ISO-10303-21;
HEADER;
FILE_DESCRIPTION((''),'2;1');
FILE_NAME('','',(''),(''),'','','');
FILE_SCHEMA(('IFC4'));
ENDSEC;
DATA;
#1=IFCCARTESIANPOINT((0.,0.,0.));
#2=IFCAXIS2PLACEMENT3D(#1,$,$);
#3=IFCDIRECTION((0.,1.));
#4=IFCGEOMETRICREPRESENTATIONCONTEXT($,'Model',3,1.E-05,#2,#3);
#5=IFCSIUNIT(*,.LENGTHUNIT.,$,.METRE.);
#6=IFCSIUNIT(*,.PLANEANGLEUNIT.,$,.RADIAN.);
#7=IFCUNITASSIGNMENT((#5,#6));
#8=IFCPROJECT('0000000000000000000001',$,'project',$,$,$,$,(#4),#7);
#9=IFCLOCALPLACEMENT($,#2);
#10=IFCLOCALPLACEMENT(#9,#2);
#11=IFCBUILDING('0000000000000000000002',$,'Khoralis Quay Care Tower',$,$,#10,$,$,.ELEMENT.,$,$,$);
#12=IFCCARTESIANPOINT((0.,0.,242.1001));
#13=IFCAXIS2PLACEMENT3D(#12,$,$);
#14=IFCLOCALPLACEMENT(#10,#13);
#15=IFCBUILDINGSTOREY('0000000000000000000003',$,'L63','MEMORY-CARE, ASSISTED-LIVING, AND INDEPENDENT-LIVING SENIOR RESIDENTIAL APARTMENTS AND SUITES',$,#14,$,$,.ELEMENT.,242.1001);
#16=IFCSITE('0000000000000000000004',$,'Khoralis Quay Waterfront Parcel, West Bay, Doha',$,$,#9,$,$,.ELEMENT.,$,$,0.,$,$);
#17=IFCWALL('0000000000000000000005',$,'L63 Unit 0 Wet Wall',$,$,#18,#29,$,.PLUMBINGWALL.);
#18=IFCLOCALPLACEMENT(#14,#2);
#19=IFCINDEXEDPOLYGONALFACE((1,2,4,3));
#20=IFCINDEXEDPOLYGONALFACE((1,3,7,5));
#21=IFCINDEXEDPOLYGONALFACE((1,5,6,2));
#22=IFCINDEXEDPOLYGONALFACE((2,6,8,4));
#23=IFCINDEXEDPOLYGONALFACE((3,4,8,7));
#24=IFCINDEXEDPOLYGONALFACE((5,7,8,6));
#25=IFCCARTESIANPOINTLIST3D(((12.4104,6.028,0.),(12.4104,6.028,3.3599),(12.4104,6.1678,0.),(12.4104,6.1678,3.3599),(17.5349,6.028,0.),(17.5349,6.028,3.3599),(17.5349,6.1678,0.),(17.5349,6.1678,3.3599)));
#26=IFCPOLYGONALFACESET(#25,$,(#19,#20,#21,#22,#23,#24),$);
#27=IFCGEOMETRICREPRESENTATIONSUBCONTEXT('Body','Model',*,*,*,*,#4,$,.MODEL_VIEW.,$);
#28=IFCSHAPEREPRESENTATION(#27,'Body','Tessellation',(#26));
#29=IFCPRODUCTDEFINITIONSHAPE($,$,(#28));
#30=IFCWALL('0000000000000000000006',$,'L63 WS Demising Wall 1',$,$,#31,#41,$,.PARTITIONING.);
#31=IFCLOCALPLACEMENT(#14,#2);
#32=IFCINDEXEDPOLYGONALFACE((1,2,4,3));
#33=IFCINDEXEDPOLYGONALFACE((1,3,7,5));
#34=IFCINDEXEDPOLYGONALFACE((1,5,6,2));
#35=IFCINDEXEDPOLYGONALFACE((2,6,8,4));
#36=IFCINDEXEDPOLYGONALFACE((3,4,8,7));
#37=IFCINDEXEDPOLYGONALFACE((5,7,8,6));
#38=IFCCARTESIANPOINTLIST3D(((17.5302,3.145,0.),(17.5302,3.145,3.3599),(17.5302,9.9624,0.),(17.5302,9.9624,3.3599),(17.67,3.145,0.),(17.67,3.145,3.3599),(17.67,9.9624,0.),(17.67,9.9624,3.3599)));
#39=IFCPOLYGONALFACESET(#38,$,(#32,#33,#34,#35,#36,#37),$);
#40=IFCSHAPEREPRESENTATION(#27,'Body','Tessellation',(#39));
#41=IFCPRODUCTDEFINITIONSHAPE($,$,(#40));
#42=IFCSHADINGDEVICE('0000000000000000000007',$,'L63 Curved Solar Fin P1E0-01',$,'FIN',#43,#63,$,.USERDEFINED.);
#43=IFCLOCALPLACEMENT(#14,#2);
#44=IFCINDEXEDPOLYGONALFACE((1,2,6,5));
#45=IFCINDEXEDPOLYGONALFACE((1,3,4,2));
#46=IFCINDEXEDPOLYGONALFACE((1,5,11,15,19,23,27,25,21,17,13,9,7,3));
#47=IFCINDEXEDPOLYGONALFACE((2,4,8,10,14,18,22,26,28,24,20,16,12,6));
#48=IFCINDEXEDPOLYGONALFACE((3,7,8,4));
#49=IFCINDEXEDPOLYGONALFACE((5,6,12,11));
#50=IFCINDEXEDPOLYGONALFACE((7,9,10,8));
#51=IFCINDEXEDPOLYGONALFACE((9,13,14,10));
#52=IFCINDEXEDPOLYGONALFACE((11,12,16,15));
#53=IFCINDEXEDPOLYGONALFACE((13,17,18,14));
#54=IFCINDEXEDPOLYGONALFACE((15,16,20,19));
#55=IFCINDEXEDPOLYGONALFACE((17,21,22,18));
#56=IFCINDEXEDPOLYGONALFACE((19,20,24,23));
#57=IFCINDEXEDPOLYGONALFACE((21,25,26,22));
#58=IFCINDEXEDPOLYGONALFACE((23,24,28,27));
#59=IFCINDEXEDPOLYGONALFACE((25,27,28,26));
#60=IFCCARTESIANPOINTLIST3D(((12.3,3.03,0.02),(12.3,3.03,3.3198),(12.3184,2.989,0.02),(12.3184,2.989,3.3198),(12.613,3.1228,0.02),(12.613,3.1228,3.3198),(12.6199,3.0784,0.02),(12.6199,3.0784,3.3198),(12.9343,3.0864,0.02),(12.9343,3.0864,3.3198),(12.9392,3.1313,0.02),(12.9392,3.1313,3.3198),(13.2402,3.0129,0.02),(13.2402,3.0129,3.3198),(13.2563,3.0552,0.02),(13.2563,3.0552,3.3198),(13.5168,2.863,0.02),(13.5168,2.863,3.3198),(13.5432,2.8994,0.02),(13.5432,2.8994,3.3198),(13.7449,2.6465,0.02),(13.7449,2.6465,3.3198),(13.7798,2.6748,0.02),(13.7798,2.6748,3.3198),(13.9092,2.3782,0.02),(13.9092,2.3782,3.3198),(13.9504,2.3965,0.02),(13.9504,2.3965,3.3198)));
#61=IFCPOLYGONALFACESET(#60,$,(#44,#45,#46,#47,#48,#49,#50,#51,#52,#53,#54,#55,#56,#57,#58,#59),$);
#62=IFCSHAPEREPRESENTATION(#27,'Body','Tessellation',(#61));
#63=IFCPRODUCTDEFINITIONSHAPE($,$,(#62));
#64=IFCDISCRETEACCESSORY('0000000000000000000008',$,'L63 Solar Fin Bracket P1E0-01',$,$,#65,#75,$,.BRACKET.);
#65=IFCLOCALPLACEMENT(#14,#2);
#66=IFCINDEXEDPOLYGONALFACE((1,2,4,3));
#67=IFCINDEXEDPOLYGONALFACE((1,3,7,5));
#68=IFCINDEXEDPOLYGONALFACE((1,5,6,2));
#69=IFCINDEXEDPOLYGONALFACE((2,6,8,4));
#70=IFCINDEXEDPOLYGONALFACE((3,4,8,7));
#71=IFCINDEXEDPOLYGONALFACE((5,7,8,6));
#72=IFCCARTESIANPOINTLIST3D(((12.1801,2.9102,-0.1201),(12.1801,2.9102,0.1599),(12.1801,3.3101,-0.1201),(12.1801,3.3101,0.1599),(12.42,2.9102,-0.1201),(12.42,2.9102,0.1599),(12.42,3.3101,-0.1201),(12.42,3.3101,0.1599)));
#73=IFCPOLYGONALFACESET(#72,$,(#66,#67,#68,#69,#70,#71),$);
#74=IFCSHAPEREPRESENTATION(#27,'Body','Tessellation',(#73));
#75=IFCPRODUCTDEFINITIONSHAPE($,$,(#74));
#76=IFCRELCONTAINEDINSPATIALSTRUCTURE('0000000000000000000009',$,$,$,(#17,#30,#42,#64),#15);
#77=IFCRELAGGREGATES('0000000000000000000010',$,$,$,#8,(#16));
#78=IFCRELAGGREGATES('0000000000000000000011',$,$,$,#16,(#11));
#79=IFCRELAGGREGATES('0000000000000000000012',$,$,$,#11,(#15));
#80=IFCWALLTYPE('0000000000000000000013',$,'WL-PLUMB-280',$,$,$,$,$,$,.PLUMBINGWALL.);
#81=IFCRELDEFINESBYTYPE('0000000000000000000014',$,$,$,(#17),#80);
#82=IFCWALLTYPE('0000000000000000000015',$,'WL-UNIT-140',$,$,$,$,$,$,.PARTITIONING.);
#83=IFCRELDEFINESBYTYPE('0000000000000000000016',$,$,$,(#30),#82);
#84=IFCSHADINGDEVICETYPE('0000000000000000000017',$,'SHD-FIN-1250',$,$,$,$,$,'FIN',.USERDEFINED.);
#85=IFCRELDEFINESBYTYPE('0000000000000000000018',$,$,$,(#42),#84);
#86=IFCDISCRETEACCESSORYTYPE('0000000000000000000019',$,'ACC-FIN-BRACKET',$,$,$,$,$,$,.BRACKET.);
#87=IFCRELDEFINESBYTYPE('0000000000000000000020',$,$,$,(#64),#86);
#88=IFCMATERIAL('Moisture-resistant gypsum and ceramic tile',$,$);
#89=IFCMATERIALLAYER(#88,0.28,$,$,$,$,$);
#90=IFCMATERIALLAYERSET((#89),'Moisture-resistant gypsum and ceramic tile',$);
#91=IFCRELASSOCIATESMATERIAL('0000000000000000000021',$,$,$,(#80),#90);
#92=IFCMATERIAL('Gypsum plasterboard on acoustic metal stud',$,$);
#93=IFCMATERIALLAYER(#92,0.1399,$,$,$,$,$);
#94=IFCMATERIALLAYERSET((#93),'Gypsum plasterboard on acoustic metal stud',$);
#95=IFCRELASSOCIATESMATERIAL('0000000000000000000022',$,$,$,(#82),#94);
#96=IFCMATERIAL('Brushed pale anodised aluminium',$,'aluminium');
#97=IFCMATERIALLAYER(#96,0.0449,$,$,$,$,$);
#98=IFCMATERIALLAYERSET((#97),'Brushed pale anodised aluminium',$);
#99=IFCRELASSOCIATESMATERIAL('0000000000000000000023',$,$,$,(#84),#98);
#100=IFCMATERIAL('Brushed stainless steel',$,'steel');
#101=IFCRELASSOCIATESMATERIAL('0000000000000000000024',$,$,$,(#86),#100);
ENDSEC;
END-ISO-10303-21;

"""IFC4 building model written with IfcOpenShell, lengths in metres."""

from ifc_helpers import new_model, si_unit, direction, frame, frame_2d, origin, origin_2d, place, context, subcontext, project, spatial, polyline, rectangle, outline, extrude, source, transform, mapped, material, layer, layer_set, type_object, element, save


model = new_model("IFC4")

# Units and contexts
model_context = context("Model", 3, precision=1e-05, world=origin(), true_north=direction((0.0, 1.0)))
body_context = subcontext(model_context, "Body", "Model", "MODEL_VIEW")
ifc_project = project(units=[si_unit("LENGTHUNIT", "METRE"), si_unit("PLANEANGLEUNIT", "RADIAN")], contexts=[model_context])

# Site, building, storey
site_placement = place(None, origin())
site = spatial("IfcSite", under=ifc_project, at=site_placement, Name="Khoralis Quay Waterfront Parcel, West Bay, Doha", CompositionType="ELEMENT", RefElevation=0.0)
building_placement = place(site_placement, origin())
building = spatial("IfcBuilding", under=site, at=building_placement, Name="Khoralis Quay Care Tower", CompositionType="ELEMENT")
storey_placement = place(building_placement, frame((0.0, 0.0, 242.1001)))
storey = spatial("IfcBuildingStorey", under=building, at=storey_placement, Name="L63", Description="MEMORY-CARE, ASSISTED-LIVING, AND INDEPENDENT-LIVING SENIOR RESIDENTIAL APARTMENTS AND SUITES", CompositionType="ELEMENT", Elevation=242.1001)

# Shared definitions
ifc_material_1 = material(Name="Gypsum plasterboard on acoustic metal stud")

# Walls
ifc_material_2 = material(Name="Moisture-resistant gypsum and ceramic tile")
ifc_layer_1 = layer(ifc_material_2, 0.28)
ifc_layer_set_1 = layer_set([ifc_layer_1], Name="Moisture-resistant gypsum and ceramic tile")
wall_type_1 = type_object("IfcWallType", Name="WL-PLUMB-280", PredefinedType="PLUMBINGWALL", material=ifc_layer_set_1)
wall_1_placement = place(storey_placement, frame((12.4104, 6.0979, 0.0), z_axis=(0.0, 0.0, 1.0), x_axis=(1.0, 0.0, 0.0)))
element("IfcWall", 1, at=wall_1_placement, inside=storey, type_object=wall_type_1, Name="L63 Unit 0 Wet Wall", PredefinedType="PLUMBINGWALL", context=body_context, shape_type="SweptSolid", body=[
    extrude(rectangle(XDim=5.1245, YDim=0.1399, at=frame_2d((2.5623, 0.0))), origin(), (0.0, 0.0, 1.0), 3.3599),
])
ifc_layer_2 = layer(ifc_material_1, 0.1399)
ifc_layer_set_2 = layer_set([ifc_layer_2], Name="Gypsum plasterboard on acoustic metal stud")
wall_type_2 = type_object("IfcWallType", Name="WL-UNIT-140", PredefinedType="PARTITIONING", material=ifc_layer_set_2)
wall_2_placement = place(storey_placement, frame((17.6001, 3.145, 0.0), z_axis=(0.0, 0.0, 1.0), x_axis=(0.0, 1.0, 0.0)))
element("IfcWall", 2, at=wall_2_placement, inside=storey, type_object=wall_type_2, Name="L63 WS Demising Wall 1", PredefinedType="PARTITIONING", context=body_context, shape_type="SweptSolid", body=[
    extrude(rectangle(XDim=6.8174, YDim=0.1399, at=frame_2d((3.4087, 0.0))), origin(), (0.0, 0.0, 1.0), 3.3599),
])

# Shading device
ifc_material_3 = material(Name="Brushed pale anodised aluminium", Category="aluminium")
ifc_layer_3 = layer(ifc_material_3, 0.0449)
ifc_layer_set_3 = layer_set([ifc_layer_3], Name="Brushed pale anodised aluminium")
shading_device_type = type_object("IfcShadingDeviceType", Name="SHD-FIN-1250", ElementType="FIN", PredefinedType="USERDEFINED", material=ifc_layer_set_3)
shared_shape_1 = source(origin(), body_context, "Body", "SweptSolid", [
    extrude(outline(polyline([(0.0, 0.0), (-0.0928, 0.313), (-0.1013, 0.6392), (-0.0251, 0.9563), (0.1306, 1.2432), (0.3552, 1.4797), (0.6335, 1.6504), (0.6519, 1.6091), (0.3835, 1.4448), (0.167, 1.2168), (0.0171, 0.9402), (-0.0564, 0.6343), (-0.0483, 0.3198), (0.041, 0.0183), (0.0, 0.0)])), origin(), (0.0, 0.0, 1.0), 3.2998),
])
shading_device_placement = place(storey_placement, frame((12.3, 3.03, 0.02), z_axis=(0.0, 0.0, 1.0), x_axis=(0.0, -1.0, 0.0)))
element("IfcShadingDevice", 3, at=shading_device_placement, inside=storey, type_object=shading_device_type, Name="L63 Curved Solar Fin P1E0-01", ObjectType="FIN", PredefinedType="USERDEFINED", context=body_context, shape_type="MappedRepresentation", body=[
    mapped(shared_shape_1, transform((0.0, 0.0, 0.0), scale=1.0)),
])

# Discrete accessory
ifc_material_4 = material(Name="Brushed stainless steel", Category="steel")
discrete_accessory_type = type_object("IfcDiscreteAccessoryType", Name="ACC-FIN-BRACKET", PredefinedType="BRACKET", material=ifc_material_4)
shared_shape_2 = source(origin(), body_context, "Body", "SweptSolid", [
    extrude(rectangle(XDim=0.3999, YDim=0.24, at=origin_2d()), origin(), (0.0, 0.0, 1.0), 0.28),
])
discrete_accessory_placement = place(storey_placement, frame((12.3, 3.1101, -0.1201), z_axis=(0.0, 0.0, 1.0), x_axis=(0.0, -1.0, 0.0)))
element("IfcDiscreteAccessory", 4, at=discrete_accessory_placement, inside=storey, type_object=discrete_accessory_type, Name="L63 Solar Fin Bracket P1E0-01", PredefinedType="BRACKET", context=body_context, shape_type="MappedRepresentation", body=[
    mapped(shared_shape_2, transform((0.0, 0.0, 0.0), scale=1.0)),
])

save(model, "model.ifc")
